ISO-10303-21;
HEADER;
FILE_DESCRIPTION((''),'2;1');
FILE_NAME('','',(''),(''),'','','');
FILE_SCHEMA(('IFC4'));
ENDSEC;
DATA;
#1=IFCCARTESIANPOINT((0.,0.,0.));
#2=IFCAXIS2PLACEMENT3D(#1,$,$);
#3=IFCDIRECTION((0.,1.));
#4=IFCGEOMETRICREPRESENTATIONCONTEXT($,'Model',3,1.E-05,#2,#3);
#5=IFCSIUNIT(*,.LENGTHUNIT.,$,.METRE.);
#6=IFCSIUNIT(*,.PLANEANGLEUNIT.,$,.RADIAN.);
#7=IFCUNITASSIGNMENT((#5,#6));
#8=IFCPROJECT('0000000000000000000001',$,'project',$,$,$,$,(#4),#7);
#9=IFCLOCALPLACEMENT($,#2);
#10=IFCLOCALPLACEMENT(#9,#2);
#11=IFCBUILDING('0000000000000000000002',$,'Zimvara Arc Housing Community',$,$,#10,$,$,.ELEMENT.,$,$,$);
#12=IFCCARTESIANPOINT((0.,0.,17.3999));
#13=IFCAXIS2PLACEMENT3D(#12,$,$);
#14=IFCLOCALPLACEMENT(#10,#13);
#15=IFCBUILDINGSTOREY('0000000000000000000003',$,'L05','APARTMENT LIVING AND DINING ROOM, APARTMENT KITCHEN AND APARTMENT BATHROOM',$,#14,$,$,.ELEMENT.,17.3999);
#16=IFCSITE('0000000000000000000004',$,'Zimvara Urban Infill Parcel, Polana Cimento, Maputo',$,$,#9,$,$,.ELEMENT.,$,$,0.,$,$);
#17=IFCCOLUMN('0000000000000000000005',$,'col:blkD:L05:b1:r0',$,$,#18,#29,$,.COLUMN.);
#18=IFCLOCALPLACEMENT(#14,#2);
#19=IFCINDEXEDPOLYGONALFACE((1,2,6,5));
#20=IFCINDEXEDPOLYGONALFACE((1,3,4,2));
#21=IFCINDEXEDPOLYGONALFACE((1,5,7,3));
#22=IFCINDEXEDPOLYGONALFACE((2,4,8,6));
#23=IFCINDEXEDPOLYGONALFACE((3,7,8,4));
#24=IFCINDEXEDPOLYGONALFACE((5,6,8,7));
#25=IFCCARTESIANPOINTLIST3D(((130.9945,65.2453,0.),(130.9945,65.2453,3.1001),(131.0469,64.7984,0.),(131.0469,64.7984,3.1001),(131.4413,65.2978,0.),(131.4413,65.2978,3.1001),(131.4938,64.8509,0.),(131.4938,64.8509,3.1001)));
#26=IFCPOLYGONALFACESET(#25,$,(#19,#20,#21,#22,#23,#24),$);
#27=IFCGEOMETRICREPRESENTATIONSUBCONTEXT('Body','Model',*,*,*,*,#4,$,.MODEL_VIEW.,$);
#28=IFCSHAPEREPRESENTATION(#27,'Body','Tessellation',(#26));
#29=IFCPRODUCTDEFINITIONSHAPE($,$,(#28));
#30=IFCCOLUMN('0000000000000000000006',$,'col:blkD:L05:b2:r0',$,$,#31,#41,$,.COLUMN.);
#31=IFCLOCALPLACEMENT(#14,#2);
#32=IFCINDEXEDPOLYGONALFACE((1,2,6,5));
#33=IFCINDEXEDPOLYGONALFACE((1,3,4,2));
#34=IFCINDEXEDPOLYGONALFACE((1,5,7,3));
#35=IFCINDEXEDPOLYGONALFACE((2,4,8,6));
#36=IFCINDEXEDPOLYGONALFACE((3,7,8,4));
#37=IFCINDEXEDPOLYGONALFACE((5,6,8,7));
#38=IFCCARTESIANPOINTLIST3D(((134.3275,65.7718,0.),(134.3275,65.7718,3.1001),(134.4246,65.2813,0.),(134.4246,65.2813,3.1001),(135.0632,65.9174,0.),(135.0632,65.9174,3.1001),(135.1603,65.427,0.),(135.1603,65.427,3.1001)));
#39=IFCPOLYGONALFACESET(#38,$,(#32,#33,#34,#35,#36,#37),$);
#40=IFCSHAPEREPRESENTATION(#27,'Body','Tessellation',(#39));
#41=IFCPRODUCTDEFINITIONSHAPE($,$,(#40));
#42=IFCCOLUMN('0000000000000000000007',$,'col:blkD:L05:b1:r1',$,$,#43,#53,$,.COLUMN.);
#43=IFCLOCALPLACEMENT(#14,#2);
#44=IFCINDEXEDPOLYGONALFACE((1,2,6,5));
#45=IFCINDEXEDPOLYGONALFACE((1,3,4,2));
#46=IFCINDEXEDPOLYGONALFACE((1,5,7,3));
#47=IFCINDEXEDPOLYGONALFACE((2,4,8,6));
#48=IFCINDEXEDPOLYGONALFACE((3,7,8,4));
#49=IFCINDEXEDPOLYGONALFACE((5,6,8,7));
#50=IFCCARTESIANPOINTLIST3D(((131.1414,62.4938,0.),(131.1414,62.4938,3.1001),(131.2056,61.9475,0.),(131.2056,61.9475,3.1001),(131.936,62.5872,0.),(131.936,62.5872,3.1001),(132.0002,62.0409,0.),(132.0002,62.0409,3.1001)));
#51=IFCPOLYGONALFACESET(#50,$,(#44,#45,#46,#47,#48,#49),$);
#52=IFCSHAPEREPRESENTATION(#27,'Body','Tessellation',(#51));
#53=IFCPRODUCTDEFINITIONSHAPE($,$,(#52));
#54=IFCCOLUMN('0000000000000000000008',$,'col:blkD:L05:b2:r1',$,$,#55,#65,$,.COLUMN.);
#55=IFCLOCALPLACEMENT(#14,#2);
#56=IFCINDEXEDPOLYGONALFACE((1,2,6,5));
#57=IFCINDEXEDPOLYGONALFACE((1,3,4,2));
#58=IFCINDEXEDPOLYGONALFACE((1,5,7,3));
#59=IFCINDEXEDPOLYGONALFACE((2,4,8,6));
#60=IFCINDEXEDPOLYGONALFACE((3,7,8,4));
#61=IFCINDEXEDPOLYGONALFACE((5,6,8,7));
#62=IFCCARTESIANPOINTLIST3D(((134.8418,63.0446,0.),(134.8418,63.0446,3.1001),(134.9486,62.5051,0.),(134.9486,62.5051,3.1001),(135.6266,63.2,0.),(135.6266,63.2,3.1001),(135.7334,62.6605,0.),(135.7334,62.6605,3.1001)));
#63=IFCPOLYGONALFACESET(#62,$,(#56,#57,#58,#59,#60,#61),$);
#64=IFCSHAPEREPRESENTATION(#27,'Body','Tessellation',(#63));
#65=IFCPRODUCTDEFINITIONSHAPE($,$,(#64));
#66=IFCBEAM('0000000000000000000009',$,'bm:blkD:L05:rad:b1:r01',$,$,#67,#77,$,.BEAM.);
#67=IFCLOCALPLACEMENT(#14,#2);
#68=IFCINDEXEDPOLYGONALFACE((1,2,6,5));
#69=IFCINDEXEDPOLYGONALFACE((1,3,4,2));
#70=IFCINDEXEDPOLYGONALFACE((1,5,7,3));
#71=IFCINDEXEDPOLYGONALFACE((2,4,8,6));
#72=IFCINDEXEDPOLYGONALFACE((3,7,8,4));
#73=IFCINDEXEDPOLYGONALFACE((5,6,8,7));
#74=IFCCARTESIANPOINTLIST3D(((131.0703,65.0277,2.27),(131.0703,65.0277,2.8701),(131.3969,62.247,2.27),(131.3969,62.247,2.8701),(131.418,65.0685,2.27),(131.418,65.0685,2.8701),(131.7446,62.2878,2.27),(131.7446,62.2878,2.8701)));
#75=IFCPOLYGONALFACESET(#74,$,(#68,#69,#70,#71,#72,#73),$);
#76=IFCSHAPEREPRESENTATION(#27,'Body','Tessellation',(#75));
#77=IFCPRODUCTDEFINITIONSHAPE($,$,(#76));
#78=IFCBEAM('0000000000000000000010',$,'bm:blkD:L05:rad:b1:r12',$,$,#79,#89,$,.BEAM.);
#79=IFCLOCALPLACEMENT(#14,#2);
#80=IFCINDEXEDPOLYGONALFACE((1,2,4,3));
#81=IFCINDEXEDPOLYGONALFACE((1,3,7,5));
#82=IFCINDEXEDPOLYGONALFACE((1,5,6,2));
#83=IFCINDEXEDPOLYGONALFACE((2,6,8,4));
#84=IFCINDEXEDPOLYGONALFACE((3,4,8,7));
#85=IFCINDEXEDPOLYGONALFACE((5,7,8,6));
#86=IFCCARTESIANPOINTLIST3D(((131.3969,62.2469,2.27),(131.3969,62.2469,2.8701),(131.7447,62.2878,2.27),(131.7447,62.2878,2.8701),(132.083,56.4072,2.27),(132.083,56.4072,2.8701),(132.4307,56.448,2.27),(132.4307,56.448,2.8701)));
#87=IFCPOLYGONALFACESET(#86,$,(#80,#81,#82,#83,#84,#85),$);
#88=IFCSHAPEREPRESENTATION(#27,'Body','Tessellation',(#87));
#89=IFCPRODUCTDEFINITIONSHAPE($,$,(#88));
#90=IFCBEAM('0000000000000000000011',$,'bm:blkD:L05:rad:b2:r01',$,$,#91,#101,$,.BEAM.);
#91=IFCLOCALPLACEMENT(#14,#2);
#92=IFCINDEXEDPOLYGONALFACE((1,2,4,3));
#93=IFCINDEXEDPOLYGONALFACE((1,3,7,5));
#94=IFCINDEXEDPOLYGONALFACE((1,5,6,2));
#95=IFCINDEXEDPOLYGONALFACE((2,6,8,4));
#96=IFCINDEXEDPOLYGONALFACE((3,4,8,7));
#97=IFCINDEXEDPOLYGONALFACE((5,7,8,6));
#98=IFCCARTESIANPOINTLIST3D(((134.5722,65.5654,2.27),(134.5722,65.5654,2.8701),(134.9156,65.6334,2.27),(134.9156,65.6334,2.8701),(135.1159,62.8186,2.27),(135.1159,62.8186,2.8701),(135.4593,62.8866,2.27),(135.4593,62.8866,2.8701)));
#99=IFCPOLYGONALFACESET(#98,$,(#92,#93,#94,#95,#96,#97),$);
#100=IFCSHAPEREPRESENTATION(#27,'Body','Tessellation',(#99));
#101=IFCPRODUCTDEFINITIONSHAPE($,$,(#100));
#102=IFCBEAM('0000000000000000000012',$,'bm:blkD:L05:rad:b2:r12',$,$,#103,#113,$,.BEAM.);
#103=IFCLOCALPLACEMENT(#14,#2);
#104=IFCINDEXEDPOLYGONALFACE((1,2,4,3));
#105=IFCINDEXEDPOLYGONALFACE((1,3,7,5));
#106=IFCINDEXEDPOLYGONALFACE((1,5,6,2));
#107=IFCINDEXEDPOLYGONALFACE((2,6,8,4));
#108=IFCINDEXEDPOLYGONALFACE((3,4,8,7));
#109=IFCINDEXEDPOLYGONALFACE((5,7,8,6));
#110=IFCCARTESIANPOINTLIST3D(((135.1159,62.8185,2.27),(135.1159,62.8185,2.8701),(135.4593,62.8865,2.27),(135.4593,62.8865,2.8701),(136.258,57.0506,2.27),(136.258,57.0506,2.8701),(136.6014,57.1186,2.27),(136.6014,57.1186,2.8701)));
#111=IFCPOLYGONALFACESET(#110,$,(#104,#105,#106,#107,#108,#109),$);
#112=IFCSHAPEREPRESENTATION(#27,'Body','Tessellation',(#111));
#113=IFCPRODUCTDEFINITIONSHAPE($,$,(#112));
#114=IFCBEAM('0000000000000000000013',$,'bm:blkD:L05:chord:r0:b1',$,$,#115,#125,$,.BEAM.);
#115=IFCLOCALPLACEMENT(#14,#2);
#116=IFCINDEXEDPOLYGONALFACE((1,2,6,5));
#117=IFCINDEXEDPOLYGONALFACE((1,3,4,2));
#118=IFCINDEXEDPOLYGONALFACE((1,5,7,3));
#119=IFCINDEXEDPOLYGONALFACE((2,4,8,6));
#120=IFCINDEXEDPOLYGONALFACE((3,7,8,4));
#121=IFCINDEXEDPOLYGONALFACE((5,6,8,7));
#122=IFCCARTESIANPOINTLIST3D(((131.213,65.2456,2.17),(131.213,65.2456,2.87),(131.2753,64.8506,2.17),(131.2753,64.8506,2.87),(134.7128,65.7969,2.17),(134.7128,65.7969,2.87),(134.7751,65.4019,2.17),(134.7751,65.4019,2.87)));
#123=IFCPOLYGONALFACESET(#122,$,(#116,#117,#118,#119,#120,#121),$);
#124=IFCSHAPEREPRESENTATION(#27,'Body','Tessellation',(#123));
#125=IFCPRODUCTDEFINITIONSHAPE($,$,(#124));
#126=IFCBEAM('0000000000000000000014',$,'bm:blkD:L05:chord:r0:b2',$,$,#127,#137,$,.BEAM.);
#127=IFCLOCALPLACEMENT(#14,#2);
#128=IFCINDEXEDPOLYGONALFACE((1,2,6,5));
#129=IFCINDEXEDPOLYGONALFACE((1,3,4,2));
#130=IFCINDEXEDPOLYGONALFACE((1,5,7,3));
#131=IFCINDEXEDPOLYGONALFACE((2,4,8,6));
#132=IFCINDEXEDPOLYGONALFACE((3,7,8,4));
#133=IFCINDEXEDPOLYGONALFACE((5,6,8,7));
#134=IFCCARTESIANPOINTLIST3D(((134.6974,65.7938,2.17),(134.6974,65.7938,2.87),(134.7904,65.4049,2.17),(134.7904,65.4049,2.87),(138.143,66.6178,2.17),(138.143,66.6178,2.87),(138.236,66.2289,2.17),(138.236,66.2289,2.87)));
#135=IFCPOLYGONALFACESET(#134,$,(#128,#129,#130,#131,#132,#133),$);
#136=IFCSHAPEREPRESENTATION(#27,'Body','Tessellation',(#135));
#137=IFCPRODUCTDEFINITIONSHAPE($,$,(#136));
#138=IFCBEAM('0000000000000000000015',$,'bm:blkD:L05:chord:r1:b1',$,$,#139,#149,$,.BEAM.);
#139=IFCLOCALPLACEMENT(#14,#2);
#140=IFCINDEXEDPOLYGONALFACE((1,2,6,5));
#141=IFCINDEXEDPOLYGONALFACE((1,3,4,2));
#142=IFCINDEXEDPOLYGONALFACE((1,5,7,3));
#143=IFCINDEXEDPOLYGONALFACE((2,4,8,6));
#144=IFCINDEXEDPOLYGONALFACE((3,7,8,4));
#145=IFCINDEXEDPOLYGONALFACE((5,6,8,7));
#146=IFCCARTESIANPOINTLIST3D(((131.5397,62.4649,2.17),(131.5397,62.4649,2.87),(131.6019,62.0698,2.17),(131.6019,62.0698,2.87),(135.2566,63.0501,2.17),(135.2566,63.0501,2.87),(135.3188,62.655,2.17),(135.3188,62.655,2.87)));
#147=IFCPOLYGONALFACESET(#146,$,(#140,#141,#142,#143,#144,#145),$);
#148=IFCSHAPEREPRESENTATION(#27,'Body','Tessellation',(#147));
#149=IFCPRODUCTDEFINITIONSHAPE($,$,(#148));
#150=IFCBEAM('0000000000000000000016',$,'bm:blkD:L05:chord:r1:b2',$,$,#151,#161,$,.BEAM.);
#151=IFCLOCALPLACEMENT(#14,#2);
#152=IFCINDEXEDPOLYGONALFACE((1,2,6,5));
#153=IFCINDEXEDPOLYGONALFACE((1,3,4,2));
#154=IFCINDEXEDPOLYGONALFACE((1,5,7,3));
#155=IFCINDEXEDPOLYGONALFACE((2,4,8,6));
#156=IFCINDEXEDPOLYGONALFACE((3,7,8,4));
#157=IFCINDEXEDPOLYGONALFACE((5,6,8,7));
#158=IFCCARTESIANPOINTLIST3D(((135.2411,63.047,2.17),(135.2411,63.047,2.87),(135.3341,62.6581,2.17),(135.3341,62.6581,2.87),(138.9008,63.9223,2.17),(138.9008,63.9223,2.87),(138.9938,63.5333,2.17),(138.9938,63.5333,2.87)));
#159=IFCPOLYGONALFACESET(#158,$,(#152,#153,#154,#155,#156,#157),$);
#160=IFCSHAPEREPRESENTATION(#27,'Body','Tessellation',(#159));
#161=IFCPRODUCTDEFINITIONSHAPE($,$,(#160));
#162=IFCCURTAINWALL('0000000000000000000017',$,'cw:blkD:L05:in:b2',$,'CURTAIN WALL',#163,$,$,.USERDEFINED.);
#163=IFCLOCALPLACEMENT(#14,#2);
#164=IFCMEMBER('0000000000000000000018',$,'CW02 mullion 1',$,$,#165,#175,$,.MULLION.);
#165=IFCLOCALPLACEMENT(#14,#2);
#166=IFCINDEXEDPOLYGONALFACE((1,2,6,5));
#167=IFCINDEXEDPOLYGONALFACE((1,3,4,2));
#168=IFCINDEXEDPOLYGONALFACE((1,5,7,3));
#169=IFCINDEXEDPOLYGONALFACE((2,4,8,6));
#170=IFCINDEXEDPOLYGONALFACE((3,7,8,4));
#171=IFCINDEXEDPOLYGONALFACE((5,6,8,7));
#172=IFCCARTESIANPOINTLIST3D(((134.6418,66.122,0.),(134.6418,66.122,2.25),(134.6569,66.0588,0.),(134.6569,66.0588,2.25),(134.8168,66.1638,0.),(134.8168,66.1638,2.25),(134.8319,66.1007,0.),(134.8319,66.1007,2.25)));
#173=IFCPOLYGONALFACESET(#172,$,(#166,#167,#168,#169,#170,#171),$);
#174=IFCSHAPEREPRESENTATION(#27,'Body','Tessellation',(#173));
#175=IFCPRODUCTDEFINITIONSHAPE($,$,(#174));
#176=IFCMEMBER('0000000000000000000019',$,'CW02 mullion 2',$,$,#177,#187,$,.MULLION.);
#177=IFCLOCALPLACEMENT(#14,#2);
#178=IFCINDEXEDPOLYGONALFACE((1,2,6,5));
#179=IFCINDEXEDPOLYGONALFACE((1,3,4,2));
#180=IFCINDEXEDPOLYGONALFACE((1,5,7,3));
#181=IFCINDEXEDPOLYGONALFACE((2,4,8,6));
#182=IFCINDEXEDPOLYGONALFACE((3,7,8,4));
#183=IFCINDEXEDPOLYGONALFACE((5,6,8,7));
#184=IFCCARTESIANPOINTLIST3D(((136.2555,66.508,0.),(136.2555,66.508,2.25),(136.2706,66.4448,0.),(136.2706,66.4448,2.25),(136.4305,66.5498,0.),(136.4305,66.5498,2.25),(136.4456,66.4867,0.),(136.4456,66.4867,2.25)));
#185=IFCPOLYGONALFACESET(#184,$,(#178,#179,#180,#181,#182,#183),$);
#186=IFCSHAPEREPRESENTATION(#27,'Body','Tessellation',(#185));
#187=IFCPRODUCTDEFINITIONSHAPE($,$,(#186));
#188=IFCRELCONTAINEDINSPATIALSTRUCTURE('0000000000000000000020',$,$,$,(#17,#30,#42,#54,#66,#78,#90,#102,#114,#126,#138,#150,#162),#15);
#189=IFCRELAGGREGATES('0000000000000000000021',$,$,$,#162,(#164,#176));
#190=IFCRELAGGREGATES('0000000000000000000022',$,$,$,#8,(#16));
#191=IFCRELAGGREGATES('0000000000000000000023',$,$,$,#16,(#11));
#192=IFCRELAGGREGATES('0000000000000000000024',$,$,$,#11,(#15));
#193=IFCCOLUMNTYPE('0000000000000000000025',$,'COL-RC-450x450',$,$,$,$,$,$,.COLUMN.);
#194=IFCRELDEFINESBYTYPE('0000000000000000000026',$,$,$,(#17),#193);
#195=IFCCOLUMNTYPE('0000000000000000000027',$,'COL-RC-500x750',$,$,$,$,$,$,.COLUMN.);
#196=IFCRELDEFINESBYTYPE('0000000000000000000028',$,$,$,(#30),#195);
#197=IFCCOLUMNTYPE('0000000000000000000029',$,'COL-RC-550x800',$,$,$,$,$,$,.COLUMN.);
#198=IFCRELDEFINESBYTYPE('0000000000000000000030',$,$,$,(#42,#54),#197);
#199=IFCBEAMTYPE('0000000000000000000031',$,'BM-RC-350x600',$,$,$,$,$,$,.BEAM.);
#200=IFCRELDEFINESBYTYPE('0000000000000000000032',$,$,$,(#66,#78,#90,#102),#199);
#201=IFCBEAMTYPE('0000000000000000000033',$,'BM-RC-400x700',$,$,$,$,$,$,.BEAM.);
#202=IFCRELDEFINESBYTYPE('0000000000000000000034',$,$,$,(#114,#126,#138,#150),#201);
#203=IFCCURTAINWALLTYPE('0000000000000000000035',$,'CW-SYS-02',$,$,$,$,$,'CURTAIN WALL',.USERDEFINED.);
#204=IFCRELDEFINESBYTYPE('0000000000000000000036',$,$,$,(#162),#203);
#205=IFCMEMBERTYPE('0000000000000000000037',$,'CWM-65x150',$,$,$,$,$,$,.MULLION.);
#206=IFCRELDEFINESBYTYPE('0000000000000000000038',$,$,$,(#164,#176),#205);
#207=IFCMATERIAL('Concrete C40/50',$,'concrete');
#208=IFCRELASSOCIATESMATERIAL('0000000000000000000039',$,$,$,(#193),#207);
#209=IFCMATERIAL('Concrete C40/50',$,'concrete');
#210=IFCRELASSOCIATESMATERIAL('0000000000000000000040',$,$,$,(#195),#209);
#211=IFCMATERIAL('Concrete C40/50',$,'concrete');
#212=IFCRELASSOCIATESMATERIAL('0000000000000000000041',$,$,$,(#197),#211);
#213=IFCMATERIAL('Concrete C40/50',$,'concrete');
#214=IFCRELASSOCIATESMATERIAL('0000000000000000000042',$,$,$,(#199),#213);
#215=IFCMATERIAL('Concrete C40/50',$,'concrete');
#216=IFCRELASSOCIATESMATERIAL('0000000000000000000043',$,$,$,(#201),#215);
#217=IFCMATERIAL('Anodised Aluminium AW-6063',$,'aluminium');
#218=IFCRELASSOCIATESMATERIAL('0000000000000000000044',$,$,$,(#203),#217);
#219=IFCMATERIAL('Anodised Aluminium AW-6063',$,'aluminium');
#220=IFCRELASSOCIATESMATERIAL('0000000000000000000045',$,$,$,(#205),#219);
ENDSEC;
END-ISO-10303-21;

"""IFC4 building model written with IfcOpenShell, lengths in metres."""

from ifc_helpers import new_model, si_unit, direction, frame, origin, origin_2d, place, context, subcontext, project, spatial, rectangle, extrude, material, material_profile, profile_set, type_object, element, aggregate, save


model = new_model("IFC4")

# Units and contexts
model_context = context("Model", 3, precision=1e-05, world=origin(), true_north=direction((0.0, 1.0)))
body_context = subcontext(model_context, "Body", "Model", "MODEL_VIEW")
ifc_project = project(units=[si_unit("LENGTHUNIT", "METRE"), si_unit("PLANEANGLEUNIT", "RADIAN")], contexts=[model_context])

# Site, building, storey
site_placement = place(None, origin())
site = spatial("IfcSite", under=ifc_project, at=site_placement, Name="Zimvara Urban Infill Parcel, Polana Cimento, Maputo", CompositionType="ELEMENT", RefElevation=0.0)
building_placement = place(site_placement, origin())
building = spatial("IfcBuilding", under=site, at=building_placement, Name="Zimvara Arc Housing Community", CompositionType="ELEMENT")
storey_placement = place(building_placement, frame((0.0, 0.0, 17.3999)))
storey = spatial("IfcBuildingStorey", under=building, at=storey_placement, Name="L05", Description="APARTMENT LIVING AND DINING ROOM, APARTMENT KITCHEN AND APARTMENT BATHROOM", CompositionType="ELEMENT", Elevation=17.3999)

# Columns
ifc_material_1 = material(Name="Concrete C40/50", Category="concrete")
ifc_material_profile_1 = material_profile(ifc_material_1, rectangle(XDim=0.45, YDim=0.45, at=origin_2d()), Name="RC 450x450")
ifc_profile_set_1 = profile_set([ifc_material_profile_1], Name="Concrete C40/50")
column_type_1 = type_object("IfcColumnType", Name="COL-RC-450x450", PredefinedType="COLUMN", material=ifc_profile_set_1)
column_1_placement = place(storey_placement, frame((131.2441, 65.0481, 0.0), z_axis=(0.0, 0.0, 1.0), x_axis=(0.116671, -0.993171, 0.0)))
element("IfcColumn", 1, at=column_1_placement, inside=storey, type_object=column_type_1, Name="col:blkD:L05:b1:r0", PredefinedType="COLUMN", context=body_context, shape_type="SweptSolid", body=[
    extrude(rectangle(XDim=0.45, YDim=0.45, at=origin_2d()), origin(), (0.0, 0.0, 1.0), 3.1001),
])
ifc_material_2 = material(Name="Concrete C40/50", Category="concrete")
ifc_material_profile_2 = material_profile(ifc_material_2, rectangle(XDim=0.5, YDim=0.75, at=origin_2d()), Name="RC 500x750")
ifc_profile_set_2 = profile_set([ifc_material_profile_2], Name="Concrete C40/50")
column_type_2 = type_object("IfcColumnType", Name="COL-RC-500x750", PredefinedType="COLUMN", material=ifc_profile_set_2)
column_2_placement = place(storey_placement, frame((134.7439, 65.5994, 0.0), z_axis=(0.0, 0.0, 1.0), x_axis=(0.194234, -0.980955, 0.0)))
element("IfcColumn", 2, at=column_2_placement, inside=storey, type_object=column_type_2, Name="col:blkD:L05:b2:r0", PredefinedType="COLUMN", context=body_context, shape_type="SweptSolid", body=[
    extrude(rectangle(XDim=0.5, YDim=0.75, at=origin_2d()), origin(), (0.0, 0.0, 1.0), 3.1001),
])
ifc_material_3 = material(Name="Concrete C40/50", Category="concrete")
ifc_material_profile_3 = material_profile(ifc_material_3, rectangle(XDim=0.55, YDim=0.8, at=origin_2d()), Name="RC 550x800")
ifc_profile_set_3 = profile_set([ifc_material_profile_3], Name="Concrete C40/50")
column_type_3 = type_object("IfcColumnType", Name="COL-RC-550x800", PredefinedType="COLUMN", material=ifc_profile_set_3)
for number, where, z_axis, x_axis, name in (
    (3, (131.5708, 62.2673, 0.0), (0.0, 0.0, 1.0), (0.116671, -0.993171, 0.0), "col:blkD:L05:b1:r1"),
    (4, (135.2876, 62.8525, 0.0), (0.0, 0.0, 1.0), (0.194234, -0.980955, 0.0), "col:blkD:L05:b2:r1"),
):
    element("IfcColumn", number, at=place(storey_placement, frame(where, z_axis=z_axis, x_axis=x_axis)), inside=storey, type_object=column_type_3, Name=name, PredefinedType="COLUMN", context=body_context, shape_type="SweptSolid", body=[
        extrude(rectangle(XDim=0.55, YDim=0.8, at=origin_2d()), origin(), (0.0, 0.0, 1.0), 3.1001),
    ])

# Beams
ifc_material_4 = material(Name="Concrete C40/50", Category="concrete")
ifc_material_profile_4 = material_profile(ifc_material_4, rectangle(XDim=0.3501, YDim=0.6001, at=origin_2d()), Name="RC 350x600")
ifc_profile_set_4 = profile_set([ifc_material_profile_4], Name="Concrete C40/50")
beam_type_1 = type_object("IfcBeamType", Name="BM-RC-350x600", PredefinedType="BEAM", material=ifc_profile_set_4)
beam_1_placement = place(storey_placement, frame((131.2441, 65.0481, 2.5701), z_axis=(0.116669, -0.993171, 0.0), x_axis=(0.993171, 0.116669, 0.0)))
element("IfcBeam", 5, at=beam_1_placement, inside=storey, type_object=beam_type_1, Name="bm:blkD:L05:rad:b1:r01", PredefinedType="BEAM", context=body_context, shape_type="SweptSolid", body=[
    extrude(rectangle(XDim=0.3501, YDim=0.6001, at=origin_2d()), origin(), (0.0, 0.0, 1.0), 2.7998),
])
beam_2_placement = place(storey_placement, frame((131.5708, 62.2673, 2.5701), z_axis=(0.116673, -0.99317, 0.0), x_axis=(0.99317, 0.116673, 0.0)))
element("IfcBeam", 6, at=beam_2_placement, inside=storey, type_object=beam_type_1, Name="bm:blkD:L05:rad:b1:r12", PredefinedType="BEAM", context=body_context, shape_type="SweptSolid", body=[
    extrude(rectangle(XDim=0.3501, YDim=0.6001, at=origin_2d()), origin(), (0.0, 0.0, 1.0), 5.8799),
])
beam_3_placement = place(storey_placement, frame((134.7439, 65.5994, 2.5701), z_axis=(0.194171, -0.980968, 0.0), x_axis=(0.980968, 0.194171, 0.0)))
element("IfcBeam", 7, at=beam_3_placement, inside=storey, type_object=beam_type_1, Name="bm:blkD:L05:rad:b2:r01", PredefinedType="BEAM", context=body_context, shape_type="SweptSolid", body=[
    extrude(rectangle(XDim=0.3501, YDim=0.6001, at=origin_2d()), origin(), (0.0, 0.0, 1.0), 2.8),
])
beam_4_placement = place(storey_placement, frame((135.2876, 62.8525, 2.5701), z_axis=(0.194239, -0.980954, 0.0), x_axis=(0.980954, 0.194239, 0.0)))
element("IfcBeam", 8, at=beam_4_placement, inside=storey, type_object=beam_type_1, Name="bm:blkD:L05:rad:b2:r12", PredefinedType="BEAM", context=body_context, shape_type="SweptSolid", body=[
    extrude(rectangle(XDim=0.3501, YDim=0.6001, at=origin_2d()), origin(), (0.0, 0.0, 1.0), 5.8799),
])
ifc_material_5 = material(Name="Concrete C40/50", Category="concrete")
ifc_material_profile_5 = material_profile(ifc_material_5, rectangle(XDim=0.3999, YDim=0.7, at=origin_2d()), Name="RC 400x700")
ifc_profile_set_5 = profile_set([ifc_material_profile_5], Name="Concrete C40/50")
beam_type_2 = type_object("IfcBeamType", Name="BM-RC-400x700", PredefinedType="BEAM", material=ifc_profile_set_5)
beam_5_placement = place(storey_placement, frame((131.2441, 65.0481, 2.52), z_axis=(0.98782, 0.155598, 0.0), x_axis=(-0.155598, 0.98782, 0.0)))
element("IfcBeam", 9, at=beam_5_placement, inside=storey, type_object=beam_type_2, Name="bm:blkD:L05:chord:r0:b1", PredefinedType="BEAM", context=body_context, shape_type="SweptSolid", body=[
    extrude(rectangle(XDim=0.3999, YDim=0.7, at=origin_2d()), origin(), (0.0, 0.0, 1.0), 3.543),
])
beam_6_placement = place(storey_placement, frame((134.7439, 65.5994, 2.52), z_axis=(0.972577, 0.232583, 0.0), x_axis=(-0.232583, 0.972577, 0.0)))
element("IfcBeam", 10, at=beam_6_placement, inside=storey, type_object=beam_type_2, Name="bm:blkD:L05:chord:r0:b2", PredefinedType="BEAM", context=body_context, shape_type="SweptSolid", body=[
    extrude(rectangle(XDim=0.3999, YDim=0.7, at=origin_2d()), origin(), (0.0, 0.0, 1.0), 3.5427),
])
beam_7_placement = place(storey_placement, frame((131.5708, 62.2673, 2.52), z_axis=(0.987831, 0.155533, 0.0), x_axis=(-0.155533, 0.987831, 0.0)))
element("IfcBeam", 11, at=beam_7_placement, inside=storey, type_object=beam_type_2, Name="bm:blkD:L05:chord:r1:b1", PredefinedType="BEAM", context=body_context, shape_type="SweptSolid", body=[
    extrude(rectangle(XDim=0.3999, YDim=0.7, at=origin_2d()), origin(), (0.0, 0.0, 1.0), 3.7627),
])
beam_8_placement = place(storey_placement, frame((135.2876, 62.8525, 2.52), z_axis=(0.972573, 0.2326, 0.0), x_axis=(-0.2326, 0.972573, 0.0)))
element("IfcBeam", 12, at=beam_8_placement, inside=storey, type_object=beam_type_2, Name="bm:blkD:L05:chord:r1:b2", PredefinedType="BEAM", context=body_context, shape_type="SweptSolid", body=[
    extrude(rectangle(XDim=0.3999, YDim=0.7, at=origin_2d()), origin(), (0.0, 0.0, 1.0), 3.7629),
])

# Curtain wall, members
ifc_material_6 = material(Name="Anodised Aluminium AW-6063", Category="aluminium")
curtain_wall_type = type_object("IfcCurtainWallType", Name="CW-SYS-02", ElementType="CURTAIN WALL", PredefinedType="USERDEFINED", material=ifc_material_6)
curtain_wall_placement = place(storey_placement, origin())
curtain_wall = element("IfcCurtainWall", 13, at=curtain_wall_placement, inside=storey, type_object=curtain_wall_type, Name="cw:blkD:L05:in:b2", ObjectType="CURTAIN WALL", PredefinedType="USERDEFINED")
ifc_material_7 = material(Name="Anodised Aluminium AW-6063", Category="aluminium")
ifc_material_profile_6 = material_profile(ifc_material_7, rectangle(XDim=0.0649, YDim=0.1799, at=origin_2d()), Name="ALU 65x180")
ifc_profile_set_6 = profile_set([ifc_material_profile_6], Name="Anodised Aluminium AW-6063")
member_type_1 = type_object("IfcMemberType", Name="CWM-65x150", PredefinedType="MULLION", material=ifc_profile_set_6)
member_1_placement = place(storey_placement, frame((134.7368, 66.1113, 0.0), z_axis=(0.0, 0.0, 1.0), x_axis=(-0.232596, 0.972573, 0.0)))
member_1 = element("IfcMember", 14, at=member_1_placement, type_object=member_type_1, Name="CW02 mullion 1", PredefinedType="MULLION", context=body_context, shape_type="SweptSolid", body=[
    extrude(rectangle(XDim=0.0649, YDim=0.1799, at=origin_2d()), origin(), (0.0, 0.0, 1.0), 2.25),
])
member_2_placement = place(storey_placement, frame((136.3506, 66.4973, 0.0), z_axis=(0.0, 0.0, 1.0), x_axis=(-0.232596, 0.972573, 0.0)))
member_2 = element("IfcMember", 15, at=member_2_placement, type_object=member_type_1, Name="CW02 mullion 2", PredefinedType="MULLION", context=body_context, shape_type="SweptSolid", body=[
    extrude(rectangle(XDim=0.0649, YDim=0.1799, at=origin_2d()), origin(), (0.0, 0.0, 1.0), 2.25),
])
aggregate(curtain_wall, [member_1, member_2])

save(model, "model.ifc")
